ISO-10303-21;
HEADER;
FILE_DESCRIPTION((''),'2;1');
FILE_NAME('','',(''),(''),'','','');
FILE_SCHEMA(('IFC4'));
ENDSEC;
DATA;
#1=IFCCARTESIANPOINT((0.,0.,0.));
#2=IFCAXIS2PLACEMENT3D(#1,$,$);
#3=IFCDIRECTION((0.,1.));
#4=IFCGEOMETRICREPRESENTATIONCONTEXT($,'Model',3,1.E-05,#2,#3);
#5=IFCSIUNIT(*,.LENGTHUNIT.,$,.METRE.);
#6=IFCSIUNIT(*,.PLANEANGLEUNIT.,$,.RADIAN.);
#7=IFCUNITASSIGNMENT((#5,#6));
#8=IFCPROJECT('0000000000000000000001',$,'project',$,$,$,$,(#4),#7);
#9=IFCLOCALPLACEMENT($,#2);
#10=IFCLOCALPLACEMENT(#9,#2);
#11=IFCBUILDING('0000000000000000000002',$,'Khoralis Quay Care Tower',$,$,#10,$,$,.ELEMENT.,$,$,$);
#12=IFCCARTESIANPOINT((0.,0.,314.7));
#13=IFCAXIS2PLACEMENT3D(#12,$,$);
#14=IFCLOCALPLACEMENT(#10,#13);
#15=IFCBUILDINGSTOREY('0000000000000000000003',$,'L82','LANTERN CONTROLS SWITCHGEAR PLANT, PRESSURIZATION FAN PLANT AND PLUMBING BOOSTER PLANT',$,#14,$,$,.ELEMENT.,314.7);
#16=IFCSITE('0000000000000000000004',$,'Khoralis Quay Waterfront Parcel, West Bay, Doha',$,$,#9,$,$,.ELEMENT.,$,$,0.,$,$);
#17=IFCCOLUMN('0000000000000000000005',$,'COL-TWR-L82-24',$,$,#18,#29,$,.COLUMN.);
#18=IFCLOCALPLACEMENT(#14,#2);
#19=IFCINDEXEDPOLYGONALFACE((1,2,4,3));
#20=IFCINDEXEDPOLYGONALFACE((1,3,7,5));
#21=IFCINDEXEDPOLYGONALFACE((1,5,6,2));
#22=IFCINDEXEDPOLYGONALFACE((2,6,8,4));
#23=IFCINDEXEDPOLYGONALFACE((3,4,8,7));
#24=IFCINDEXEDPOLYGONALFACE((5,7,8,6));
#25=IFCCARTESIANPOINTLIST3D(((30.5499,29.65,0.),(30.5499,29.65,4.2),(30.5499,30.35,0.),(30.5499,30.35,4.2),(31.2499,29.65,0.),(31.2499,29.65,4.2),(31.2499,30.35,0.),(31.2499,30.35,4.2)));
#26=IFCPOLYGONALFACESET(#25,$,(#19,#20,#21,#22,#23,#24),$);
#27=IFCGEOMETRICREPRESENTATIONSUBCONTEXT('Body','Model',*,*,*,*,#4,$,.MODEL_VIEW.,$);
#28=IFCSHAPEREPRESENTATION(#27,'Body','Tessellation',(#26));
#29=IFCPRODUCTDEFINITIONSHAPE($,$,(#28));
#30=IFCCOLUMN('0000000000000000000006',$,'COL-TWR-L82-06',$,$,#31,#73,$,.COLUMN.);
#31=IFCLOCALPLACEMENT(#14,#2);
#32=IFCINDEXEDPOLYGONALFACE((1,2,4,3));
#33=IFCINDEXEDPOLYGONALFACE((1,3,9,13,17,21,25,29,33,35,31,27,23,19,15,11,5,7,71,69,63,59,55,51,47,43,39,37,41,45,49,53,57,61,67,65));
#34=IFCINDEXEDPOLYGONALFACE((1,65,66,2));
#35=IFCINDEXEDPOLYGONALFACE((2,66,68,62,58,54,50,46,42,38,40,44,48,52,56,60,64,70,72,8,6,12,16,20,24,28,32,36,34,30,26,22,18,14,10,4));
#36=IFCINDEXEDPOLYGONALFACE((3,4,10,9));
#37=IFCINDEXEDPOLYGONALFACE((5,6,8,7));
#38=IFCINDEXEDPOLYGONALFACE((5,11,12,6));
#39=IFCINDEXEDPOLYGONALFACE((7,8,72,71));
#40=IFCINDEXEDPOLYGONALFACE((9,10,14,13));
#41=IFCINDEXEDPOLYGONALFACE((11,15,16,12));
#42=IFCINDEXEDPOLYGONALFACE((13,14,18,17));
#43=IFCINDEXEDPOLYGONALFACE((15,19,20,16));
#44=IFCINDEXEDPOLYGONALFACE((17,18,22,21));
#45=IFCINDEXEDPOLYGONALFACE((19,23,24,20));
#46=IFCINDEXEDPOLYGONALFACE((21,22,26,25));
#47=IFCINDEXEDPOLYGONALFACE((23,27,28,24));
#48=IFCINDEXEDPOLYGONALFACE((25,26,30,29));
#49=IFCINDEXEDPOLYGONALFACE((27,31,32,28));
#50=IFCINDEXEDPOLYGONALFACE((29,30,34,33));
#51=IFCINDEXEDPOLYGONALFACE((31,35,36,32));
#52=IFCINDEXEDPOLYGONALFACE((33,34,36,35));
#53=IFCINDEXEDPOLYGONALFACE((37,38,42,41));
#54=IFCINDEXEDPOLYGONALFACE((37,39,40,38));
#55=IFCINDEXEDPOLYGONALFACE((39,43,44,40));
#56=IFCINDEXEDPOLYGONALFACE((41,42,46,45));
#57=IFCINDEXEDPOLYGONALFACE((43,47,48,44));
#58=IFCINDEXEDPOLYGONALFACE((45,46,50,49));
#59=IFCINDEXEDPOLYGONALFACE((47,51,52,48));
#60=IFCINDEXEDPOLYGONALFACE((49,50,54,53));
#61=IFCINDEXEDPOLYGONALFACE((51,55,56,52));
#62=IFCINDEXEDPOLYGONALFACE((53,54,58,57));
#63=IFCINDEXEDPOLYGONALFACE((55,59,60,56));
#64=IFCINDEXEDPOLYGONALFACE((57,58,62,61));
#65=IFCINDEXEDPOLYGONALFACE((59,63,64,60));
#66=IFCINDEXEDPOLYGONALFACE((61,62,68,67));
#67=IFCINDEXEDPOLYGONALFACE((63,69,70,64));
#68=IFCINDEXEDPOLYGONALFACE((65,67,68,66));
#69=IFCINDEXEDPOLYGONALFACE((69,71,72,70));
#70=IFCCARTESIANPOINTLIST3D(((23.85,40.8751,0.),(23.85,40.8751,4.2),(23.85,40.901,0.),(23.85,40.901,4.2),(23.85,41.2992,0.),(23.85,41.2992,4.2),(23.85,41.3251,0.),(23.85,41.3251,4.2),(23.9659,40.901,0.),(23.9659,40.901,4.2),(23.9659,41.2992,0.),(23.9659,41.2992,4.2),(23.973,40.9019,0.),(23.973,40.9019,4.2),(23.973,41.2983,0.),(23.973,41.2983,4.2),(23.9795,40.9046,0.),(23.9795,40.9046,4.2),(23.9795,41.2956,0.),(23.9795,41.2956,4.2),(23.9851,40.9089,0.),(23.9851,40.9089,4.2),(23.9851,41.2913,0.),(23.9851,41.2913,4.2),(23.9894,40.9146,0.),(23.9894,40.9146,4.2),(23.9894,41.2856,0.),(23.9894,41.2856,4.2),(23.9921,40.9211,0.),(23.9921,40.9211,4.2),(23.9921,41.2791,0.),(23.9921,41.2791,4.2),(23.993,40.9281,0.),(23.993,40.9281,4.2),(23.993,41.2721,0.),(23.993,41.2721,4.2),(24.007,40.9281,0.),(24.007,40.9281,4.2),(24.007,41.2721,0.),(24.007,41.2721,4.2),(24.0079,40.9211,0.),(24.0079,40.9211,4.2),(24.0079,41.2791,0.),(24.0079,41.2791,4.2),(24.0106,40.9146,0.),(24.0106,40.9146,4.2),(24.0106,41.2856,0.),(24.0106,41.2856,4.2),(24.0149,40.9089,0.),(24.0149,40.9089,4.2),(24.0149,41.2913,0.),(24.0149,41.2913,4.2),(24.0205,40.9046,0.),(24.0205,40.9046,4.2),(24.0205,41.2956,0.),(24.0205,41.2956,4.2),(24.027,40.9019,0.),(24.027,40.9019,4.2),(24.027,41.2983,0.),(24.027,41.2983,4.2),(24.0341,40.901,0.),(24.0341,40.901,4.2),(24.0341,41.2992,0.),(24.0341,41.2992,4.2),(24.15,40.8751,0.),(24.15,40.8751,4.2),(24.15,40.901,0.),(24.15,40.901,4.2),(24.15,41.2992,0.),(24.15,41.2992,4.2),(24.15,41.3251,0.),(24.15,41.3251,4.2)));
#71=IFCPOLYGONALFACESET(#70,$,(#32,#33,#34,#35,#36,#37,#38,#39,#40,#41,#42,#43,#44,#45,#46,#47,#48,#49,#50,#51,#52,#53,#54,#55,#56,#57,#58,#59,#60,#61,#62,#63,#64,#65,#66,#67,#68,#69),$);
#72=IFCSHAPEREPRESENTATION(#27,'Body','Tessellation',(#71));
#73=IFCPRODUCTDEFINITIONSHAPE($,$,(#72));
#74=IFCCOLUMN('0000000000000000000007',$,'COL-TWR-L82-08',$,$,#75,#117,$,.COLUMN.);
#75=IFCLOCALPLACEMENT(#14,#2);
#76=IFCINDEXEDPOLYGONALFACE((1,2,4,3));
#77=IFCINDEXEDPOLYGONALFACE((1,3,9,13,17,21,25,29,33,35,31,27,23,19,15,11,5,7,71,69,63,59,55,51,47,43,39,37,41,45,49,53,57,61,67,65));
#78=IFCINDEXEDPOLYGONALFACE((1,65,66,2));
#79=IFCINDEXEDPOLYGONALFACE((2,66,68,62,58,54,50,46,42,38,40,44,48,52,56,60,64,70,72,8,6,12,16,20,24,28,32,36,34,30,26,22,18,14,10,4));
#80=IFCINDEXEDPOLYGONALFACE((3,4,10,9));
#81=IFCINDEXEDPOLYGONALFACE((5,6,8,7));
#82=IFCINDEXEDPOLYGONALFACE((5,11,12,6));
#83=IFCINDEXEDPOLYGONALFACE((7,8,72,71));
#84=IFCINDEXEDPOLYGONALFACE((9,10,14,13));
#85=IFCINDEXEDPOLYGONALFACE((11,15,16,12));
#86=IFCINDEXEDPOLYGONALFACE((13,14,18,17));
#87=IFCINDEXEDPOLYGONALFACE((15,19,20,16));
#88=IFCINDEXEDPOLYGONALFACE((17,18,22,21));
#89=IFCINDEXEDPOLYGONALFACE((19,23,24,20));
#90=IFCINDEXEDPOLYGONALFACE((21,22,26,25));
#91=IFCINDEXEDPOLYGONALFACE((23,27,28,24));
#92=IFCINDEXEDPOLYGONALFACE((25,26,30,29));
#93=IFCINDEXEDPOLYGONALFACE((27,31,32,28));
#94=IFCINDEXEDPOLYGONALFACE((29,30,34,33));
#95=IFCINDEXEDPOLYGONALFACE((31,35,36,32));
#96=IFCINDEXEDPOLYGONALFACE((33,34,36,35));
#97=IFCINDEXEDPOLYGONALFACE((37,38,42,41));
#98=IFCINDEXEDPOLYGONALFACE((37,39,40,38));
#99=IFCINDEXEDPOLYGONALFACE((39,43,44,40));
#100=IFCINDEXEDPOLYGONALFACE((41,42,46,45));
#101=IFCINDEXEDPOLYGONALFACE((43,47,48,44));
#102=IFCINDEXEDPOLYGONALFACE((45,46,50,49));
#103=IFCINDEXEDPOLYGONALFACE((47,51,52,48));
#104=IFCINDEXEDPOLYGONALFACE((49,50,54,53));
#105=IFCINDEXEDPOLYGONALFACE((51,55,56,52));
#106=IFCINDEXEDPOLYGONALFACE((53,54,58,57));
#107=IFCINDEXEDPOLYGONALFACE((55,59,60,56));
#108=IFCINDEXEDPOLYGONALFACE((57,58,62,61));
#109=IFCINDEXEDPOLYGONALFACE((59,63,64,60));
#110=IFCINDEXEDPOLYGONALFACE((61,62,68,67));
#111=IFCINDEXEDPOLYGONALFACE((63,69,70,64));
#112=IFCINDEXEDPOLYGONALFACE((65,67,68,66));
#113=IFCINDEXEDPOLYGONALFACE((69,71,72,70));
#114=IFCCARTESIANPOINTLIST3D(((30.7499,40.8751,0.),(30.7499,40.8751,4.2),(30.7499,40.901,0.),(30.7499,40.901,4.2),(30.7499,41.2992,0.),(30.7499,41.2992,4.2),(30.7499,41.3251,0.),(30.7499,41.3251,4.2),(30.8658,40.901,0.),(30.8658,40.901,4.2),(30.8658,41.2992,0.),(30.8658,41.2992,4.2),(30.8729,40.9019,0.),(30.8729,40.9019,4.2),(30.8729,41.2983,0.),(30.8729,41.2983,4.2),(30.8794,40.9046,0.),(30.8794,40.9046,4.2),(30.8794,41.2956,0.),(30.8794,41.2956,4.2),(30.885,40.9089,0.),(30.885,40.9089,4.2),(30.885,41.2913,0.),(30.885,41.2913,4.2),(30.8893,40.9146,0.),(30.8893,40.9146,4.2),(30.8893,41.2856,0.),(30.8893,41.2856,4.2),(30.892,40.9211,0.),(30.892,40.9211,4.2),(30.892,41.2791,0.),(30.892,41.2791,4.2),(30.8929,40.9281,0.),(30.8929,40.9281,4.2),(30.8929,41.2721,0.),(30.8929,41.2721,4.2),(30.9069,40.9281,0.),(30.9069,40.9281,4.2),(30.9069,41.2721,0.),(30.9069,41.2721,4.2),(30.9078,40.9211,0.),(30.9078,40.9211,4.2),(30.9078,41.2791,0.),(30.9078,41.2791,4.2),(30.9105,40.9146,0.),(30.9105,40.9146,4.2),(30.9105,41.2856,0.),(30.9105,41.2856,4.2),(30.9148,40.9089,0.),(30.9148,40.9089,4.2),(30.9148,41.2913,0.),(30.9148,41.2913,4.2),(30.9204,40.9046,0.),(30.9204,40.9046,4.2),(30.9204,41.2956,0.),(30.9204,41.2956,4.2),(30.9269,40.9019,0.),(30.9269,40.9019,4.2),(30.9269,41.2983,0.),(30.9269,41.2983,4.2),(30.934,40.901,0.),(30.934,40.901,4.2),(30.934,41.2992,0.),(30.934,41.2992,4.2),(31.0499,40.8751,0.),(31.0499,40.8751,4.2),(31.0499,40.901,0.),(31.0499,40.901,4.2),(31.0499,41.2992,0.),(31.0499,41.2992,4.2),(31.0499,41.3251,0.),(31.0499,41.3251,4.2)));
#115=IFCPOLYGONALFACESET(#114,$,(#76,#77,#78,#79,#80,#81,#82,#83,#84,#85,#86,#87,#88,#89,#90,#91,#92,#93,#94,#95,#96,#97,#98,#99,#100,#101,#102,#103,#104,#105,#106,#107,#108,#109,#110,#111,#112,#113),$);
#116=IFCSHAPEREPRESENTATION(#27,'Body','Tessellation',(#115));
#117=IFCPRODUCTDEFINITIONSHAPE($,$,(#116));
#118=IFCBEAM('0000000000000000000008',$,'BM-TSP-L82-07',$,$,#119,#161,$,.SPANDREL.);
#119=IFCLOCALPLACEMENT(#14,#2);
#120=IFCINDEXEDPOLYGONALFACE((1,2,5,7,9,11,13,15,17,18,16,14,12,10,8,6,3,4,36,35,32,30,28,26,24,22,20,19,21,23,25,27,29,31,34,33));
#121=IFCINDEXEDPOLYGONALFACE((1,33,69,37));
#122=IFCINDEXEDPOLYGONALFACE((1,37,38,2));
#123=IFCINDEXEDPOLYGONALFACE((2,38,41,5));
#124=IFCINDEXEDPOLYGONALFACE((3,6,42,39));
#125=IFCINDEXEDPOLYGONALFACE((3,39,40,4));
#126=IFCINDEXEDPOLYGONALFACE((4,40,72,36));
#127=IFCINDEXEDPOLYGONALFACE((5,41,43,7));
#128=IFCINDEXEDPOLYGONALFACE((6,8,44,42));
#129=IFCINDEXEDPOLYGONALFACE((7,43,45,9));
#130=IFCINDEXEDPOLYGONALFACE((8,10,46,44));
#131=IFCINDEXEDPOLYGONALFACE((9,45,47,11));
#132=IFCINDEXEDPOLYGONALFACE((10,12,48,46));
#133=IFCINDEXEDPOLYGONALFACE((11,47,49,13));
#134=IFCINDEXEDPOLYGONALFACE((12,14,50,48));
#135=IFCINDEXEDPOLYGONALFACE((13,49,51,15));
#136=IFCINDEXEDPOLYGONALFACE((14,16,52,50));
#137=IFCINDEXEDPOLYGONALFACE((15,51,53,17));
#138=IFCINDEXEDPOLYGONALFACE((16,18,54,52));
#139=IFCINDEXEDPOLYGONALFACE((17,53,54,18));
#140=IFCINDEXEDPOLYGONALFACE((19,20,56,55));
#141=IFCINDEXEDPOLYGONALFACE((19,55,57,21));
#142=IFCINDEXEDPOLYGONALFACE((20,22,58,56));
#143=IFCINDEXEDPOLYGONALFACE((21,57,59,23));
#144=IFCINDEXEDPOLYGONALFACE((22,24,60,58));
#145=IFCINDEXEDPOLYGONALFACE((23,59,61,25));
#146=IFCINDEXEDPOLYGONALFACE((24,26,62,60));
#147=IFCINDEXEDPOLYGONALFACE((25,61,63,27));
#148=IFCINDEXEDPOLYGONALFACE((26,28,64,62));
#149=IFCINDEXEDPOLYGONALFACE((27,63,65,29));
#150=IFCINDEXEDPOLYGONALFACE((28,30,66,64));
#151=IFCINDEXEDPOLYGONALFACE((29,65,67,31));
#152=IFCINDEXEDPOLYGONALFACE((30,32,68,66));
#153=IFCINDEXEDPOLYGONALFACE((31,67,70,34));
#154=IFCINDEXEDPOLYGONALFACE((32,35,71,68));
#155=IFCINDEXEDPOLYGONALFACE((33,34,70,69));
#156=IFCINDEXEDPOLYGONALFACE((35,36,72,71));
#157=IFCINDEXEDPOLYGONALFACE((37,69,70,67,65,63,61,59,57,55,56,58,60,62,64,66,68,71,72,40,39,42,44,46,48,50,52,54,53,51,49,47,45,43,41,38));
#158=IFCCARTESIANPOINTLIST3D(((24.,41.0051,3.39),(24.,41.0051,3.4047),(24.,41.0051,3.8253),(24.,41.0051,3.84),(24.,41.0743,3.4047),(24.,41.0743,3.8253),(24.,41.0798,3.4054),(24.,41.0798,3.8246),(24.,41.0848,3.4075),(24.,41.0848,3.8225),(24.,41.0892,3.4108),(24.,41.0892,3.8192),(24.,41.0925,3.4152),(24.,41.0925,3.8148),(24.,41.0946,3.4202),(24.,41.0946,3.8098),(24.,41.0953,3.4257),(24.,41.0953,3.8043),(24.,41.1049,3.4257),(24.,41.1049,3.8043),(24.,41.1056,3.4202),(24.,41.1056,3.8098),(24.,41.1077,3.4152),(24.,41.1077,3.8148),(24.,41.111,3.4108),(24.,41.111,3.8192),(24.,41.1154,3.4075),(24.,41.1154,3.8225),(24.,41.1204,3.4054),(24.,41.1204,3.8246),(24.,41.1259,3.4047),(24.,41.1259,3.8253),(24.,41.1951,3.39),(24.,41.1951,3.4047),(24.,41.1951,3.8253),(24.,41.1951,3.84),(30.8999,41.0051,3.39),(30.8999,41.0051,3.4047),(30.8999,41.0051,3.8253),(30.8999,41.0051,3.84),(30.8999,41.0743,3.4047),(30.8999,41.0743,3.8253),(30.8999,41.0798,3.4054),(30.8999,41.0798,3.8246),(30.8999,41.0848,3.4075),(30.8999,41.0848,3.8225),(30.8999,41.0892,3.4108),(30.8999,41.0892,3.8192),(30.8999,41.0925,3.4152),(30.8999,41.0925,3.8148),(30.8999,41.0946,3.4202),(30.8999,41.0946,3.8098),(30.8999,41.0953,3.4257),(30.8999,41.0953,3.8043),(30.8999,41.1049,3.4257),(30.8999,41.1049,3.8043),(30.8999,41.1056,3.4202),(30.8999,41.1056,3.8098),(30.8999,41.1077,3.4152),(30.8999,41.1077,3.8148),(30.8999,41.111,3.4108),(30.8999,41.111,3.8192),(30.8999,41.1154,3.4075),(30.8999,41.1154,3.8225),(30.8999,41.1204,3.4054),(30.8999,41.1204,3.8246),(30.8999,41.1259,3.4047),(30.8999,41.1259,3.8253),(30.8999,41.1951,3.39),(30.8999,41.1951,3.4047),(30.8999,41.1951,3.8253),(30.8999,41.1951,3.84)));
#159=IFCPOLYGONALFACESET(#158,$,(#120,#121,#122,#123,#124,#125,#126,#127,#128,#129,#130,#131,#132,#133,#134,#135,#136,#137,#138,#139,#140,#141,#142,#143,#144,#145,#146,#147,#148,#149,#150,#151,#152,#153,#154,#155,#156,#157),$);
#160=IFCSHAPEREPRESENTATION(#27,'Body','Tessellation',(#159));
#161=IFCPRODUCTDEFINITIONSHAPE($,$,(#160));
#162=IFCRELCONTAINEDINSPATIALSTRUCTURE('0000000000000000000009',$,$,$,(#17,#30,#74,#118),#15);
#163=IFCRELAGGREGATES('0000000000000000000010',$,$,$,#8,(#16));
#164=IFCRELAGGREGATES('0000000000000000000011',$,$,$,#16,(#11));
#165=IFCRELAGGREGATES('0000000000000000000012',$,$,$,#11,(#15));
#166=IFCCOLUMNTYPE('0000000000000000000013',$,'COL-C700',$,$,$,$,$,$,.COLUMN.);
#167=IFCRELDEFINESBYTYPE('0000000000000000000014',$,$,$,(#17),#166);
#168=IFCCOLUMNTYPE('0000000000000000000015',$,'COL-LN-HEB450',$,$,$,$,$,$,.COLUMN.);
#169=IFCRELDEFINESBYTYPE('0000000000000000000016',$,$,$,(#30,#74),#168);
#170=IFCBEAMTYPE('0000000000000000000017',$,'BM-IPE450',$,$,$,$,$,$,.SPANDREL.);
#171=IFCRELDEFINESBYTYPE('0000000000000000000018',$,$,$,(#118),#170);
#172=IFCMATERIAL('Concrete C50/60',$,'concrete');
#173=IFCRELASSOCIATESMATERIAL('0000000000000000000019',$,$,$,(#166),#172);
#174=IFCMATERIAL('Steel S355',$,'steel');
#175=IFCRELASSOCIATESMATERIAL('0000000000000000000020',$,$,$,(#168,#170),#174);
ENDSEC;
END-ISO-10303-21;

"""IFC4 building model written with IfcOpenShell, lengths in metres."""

from ifc_helpers import new_model, si_unit, direction, frame, origin, origin_2d, place, context, subcontext, project, spatial, rectangle, i_section, extrude, source, transform, mapped, material, material_profile, profile_set, type_object, element, save


model = new_model("IFC4")

# Units and contexts
model_context = context("Model", 3, precision=1e-05, world=origin(), true_north=direction((0.0, 1.0)))
body_context = subcontext(model_context, "Body", "Model", "MODEL_VIEW")
ifc_project = project(units=[si_unit("LENGTHUNIT", "METRE"), si_unit("PLANEANGLEUNIT", "RADIAN")], contexts=[model_context])

# Site, building, storey
site_placement = place(None, origin())
site = spatial("IfcSite", under=ifc_project, at=site_placement, Name="Khoralis Quay Waterfront Parcel, West Bay, Doha", CompositionType="ELEMENT", RefElevation=0.0)
building_placement = place(site_placement, origin())
building = spatial("IfcBuilding", under=site, at=building_placement, Name="Khoralis Quay Care Tower", CompositionType="ELEMENT")
storey_placement = place(building_placement, frame((0.0, 0.0, 314.7)))
storey = spatial("IfcBuildingStorey", under=building, at=storey_placement, Name="L82", Description="LANTERN CONTROLS SWITCHGEAR PLANT, PRESSURIZATION FAN PLANT AND PLUMBING BOOSTER PLANT", CompositionType="ELEMENT", Elevation=314.7)

# Columns
ifc_material_1 = material(Name="Concrete C50/60", Category="concrete")
ifc_material_profile_1 = material_profile(ifc_material_1, rectangle(XDim=0.7, YDim=0.7, at=origin_2d()), Name="Concrete C50/60")
ifc_profile_set_1 = profile_set([ifc_material_profile_1], Name="Concrete C50/60")
column_type_1 = type_object("IfcColumnType", Name="COL-C700", PredefinedType="COLUMN", material=ifc_profile_set_1)
shared_shape_1 = source(origin(), body_context, "Body", "SweptSolid", [
    extrude(rectangle(XDim=0.7, YDim=0.7, at=origin_2d()), origin(), (0.0, 0.0, 1.0), 4.2),
])
column_placement = place(storey_placement, frame((30.8999, 30.0, 0.0), z_axis=(0.0, 0.0, 1.0), x_axis=(1.0, 0.0, 0.0)))
element("IfcColumn", 1, at=column_placement, inside=storey, type_object=column_type_1, Name="COL-TWR-L82-24", PredefinedType="COLUMN", context=body_context, shape_type="MappedRepresentation", body=[
    mapped(shared_shape_1, transform((0.0, 0.0, 0.0), scale=1.0)),
])
ifc_material_2 = material(Name="Steel S355", Category="steel")
ifc_material_profile_2 = material_profile(ifc_material_2, i_section(OverallWidth=0.3, OverallDepth=0.45, WebThickness=0.0139, FlangeThickness=0.0259, FilletRadius=0.0271, at=origin_2d()), Name="Steel S355")
ifc_profile_set_2 = profile_set([ifc_material_profile_2], Name="Steel S355")
column_type_2 = type_object("IfcColumnType", Name="COL-LN-HEB450", PredefinedType="COLUMN", material=ifc_profile_set_2)
shared_shape_2 = source(origin(), body_context, "Body", "SweptSolid", [
    extrude(i_section(OverallWidth=0.3, OverallDepth=0.45, WebThickness=0.0139, FlangeThickness=0.0259, FilletRadius=0.0271, at=origin_2d()), origin(), (0.0, 0.0, 1.0), 4.2),
])
for number, where, z_axis, x_axis, name in (
    (2, (24.0, 41.1001, 0.0), (0.0, 0.0, 1.0), (1.0, 0.0, 0.0), "COL-TWR-L82-06"),
    (3, (30.8999, 41.1001, 0.0), (0.0, 0.0, 1.0), (1.0, 0.0, 0.0), "COL-TWR-L82-08"),
):
    element("IfcColumn", number, at=place(storey_placement, frame(where, z_axis=z_axis, x_axis=x_axis)), inside=storey, type_object=column_type_2, Name=name, PredefinedType="COLUMN", context=body_context, shape_type="MappedRepresentation", body=[
        mapped(shared_shape_2, transform((0.0, 0.0, 0.0), scale=1.0)),
    ])

# Beam
ifc_material_profile_3 = material_profile(ifc_material_2, i_section(OverallWidth=0.1899, OverallDepth=0.45, WebThickness=0.0095, FlangeThickness=0.0146, FilletRadius=0.021, at=origin_2d()), Name="Steel S355")
ifc_profile_set_3 = profile_set([ifc_material_profile_3], Name="Steel S355")
beam_type_1 = type_object("IfcBeamType", Name="BM-IPE450", PredefinedType="SPANDREL", material=ifc_profile_set_3)
shared_shape_3 = source(origin(), body_context, "Body", "SweptSolid", [
    extrude(i_section(OverallWidth=0.1899, OverallDepth=0.45, WebThickness=0.0095, FlangeThickness=0.0146, FilletRadius=0.021, at=origin_2d()), origin(), (0.0, 0.0, 1.0), 6.8999),
])
beam_1_placement = place(storey_placement, frame((24.0, 41.1001, 3.615), z_axis=(1.0, 0.0, 0.0), x_axis=(0.0, 1.0, 0.0)))
element("IfcBeam", 4, at=beam_1_placement, inside=storey, type_object=beam_type_1, Name="BM-TSP-L82-07", PredefinedType="SPANDREL", context=body_context, shape_type="MappedRepresentation", body=[
    mapped(shared_shape_3, transform((0.0, 0.0, 0.0), scale=1.0)),
])

save(model, "model.ifc")
